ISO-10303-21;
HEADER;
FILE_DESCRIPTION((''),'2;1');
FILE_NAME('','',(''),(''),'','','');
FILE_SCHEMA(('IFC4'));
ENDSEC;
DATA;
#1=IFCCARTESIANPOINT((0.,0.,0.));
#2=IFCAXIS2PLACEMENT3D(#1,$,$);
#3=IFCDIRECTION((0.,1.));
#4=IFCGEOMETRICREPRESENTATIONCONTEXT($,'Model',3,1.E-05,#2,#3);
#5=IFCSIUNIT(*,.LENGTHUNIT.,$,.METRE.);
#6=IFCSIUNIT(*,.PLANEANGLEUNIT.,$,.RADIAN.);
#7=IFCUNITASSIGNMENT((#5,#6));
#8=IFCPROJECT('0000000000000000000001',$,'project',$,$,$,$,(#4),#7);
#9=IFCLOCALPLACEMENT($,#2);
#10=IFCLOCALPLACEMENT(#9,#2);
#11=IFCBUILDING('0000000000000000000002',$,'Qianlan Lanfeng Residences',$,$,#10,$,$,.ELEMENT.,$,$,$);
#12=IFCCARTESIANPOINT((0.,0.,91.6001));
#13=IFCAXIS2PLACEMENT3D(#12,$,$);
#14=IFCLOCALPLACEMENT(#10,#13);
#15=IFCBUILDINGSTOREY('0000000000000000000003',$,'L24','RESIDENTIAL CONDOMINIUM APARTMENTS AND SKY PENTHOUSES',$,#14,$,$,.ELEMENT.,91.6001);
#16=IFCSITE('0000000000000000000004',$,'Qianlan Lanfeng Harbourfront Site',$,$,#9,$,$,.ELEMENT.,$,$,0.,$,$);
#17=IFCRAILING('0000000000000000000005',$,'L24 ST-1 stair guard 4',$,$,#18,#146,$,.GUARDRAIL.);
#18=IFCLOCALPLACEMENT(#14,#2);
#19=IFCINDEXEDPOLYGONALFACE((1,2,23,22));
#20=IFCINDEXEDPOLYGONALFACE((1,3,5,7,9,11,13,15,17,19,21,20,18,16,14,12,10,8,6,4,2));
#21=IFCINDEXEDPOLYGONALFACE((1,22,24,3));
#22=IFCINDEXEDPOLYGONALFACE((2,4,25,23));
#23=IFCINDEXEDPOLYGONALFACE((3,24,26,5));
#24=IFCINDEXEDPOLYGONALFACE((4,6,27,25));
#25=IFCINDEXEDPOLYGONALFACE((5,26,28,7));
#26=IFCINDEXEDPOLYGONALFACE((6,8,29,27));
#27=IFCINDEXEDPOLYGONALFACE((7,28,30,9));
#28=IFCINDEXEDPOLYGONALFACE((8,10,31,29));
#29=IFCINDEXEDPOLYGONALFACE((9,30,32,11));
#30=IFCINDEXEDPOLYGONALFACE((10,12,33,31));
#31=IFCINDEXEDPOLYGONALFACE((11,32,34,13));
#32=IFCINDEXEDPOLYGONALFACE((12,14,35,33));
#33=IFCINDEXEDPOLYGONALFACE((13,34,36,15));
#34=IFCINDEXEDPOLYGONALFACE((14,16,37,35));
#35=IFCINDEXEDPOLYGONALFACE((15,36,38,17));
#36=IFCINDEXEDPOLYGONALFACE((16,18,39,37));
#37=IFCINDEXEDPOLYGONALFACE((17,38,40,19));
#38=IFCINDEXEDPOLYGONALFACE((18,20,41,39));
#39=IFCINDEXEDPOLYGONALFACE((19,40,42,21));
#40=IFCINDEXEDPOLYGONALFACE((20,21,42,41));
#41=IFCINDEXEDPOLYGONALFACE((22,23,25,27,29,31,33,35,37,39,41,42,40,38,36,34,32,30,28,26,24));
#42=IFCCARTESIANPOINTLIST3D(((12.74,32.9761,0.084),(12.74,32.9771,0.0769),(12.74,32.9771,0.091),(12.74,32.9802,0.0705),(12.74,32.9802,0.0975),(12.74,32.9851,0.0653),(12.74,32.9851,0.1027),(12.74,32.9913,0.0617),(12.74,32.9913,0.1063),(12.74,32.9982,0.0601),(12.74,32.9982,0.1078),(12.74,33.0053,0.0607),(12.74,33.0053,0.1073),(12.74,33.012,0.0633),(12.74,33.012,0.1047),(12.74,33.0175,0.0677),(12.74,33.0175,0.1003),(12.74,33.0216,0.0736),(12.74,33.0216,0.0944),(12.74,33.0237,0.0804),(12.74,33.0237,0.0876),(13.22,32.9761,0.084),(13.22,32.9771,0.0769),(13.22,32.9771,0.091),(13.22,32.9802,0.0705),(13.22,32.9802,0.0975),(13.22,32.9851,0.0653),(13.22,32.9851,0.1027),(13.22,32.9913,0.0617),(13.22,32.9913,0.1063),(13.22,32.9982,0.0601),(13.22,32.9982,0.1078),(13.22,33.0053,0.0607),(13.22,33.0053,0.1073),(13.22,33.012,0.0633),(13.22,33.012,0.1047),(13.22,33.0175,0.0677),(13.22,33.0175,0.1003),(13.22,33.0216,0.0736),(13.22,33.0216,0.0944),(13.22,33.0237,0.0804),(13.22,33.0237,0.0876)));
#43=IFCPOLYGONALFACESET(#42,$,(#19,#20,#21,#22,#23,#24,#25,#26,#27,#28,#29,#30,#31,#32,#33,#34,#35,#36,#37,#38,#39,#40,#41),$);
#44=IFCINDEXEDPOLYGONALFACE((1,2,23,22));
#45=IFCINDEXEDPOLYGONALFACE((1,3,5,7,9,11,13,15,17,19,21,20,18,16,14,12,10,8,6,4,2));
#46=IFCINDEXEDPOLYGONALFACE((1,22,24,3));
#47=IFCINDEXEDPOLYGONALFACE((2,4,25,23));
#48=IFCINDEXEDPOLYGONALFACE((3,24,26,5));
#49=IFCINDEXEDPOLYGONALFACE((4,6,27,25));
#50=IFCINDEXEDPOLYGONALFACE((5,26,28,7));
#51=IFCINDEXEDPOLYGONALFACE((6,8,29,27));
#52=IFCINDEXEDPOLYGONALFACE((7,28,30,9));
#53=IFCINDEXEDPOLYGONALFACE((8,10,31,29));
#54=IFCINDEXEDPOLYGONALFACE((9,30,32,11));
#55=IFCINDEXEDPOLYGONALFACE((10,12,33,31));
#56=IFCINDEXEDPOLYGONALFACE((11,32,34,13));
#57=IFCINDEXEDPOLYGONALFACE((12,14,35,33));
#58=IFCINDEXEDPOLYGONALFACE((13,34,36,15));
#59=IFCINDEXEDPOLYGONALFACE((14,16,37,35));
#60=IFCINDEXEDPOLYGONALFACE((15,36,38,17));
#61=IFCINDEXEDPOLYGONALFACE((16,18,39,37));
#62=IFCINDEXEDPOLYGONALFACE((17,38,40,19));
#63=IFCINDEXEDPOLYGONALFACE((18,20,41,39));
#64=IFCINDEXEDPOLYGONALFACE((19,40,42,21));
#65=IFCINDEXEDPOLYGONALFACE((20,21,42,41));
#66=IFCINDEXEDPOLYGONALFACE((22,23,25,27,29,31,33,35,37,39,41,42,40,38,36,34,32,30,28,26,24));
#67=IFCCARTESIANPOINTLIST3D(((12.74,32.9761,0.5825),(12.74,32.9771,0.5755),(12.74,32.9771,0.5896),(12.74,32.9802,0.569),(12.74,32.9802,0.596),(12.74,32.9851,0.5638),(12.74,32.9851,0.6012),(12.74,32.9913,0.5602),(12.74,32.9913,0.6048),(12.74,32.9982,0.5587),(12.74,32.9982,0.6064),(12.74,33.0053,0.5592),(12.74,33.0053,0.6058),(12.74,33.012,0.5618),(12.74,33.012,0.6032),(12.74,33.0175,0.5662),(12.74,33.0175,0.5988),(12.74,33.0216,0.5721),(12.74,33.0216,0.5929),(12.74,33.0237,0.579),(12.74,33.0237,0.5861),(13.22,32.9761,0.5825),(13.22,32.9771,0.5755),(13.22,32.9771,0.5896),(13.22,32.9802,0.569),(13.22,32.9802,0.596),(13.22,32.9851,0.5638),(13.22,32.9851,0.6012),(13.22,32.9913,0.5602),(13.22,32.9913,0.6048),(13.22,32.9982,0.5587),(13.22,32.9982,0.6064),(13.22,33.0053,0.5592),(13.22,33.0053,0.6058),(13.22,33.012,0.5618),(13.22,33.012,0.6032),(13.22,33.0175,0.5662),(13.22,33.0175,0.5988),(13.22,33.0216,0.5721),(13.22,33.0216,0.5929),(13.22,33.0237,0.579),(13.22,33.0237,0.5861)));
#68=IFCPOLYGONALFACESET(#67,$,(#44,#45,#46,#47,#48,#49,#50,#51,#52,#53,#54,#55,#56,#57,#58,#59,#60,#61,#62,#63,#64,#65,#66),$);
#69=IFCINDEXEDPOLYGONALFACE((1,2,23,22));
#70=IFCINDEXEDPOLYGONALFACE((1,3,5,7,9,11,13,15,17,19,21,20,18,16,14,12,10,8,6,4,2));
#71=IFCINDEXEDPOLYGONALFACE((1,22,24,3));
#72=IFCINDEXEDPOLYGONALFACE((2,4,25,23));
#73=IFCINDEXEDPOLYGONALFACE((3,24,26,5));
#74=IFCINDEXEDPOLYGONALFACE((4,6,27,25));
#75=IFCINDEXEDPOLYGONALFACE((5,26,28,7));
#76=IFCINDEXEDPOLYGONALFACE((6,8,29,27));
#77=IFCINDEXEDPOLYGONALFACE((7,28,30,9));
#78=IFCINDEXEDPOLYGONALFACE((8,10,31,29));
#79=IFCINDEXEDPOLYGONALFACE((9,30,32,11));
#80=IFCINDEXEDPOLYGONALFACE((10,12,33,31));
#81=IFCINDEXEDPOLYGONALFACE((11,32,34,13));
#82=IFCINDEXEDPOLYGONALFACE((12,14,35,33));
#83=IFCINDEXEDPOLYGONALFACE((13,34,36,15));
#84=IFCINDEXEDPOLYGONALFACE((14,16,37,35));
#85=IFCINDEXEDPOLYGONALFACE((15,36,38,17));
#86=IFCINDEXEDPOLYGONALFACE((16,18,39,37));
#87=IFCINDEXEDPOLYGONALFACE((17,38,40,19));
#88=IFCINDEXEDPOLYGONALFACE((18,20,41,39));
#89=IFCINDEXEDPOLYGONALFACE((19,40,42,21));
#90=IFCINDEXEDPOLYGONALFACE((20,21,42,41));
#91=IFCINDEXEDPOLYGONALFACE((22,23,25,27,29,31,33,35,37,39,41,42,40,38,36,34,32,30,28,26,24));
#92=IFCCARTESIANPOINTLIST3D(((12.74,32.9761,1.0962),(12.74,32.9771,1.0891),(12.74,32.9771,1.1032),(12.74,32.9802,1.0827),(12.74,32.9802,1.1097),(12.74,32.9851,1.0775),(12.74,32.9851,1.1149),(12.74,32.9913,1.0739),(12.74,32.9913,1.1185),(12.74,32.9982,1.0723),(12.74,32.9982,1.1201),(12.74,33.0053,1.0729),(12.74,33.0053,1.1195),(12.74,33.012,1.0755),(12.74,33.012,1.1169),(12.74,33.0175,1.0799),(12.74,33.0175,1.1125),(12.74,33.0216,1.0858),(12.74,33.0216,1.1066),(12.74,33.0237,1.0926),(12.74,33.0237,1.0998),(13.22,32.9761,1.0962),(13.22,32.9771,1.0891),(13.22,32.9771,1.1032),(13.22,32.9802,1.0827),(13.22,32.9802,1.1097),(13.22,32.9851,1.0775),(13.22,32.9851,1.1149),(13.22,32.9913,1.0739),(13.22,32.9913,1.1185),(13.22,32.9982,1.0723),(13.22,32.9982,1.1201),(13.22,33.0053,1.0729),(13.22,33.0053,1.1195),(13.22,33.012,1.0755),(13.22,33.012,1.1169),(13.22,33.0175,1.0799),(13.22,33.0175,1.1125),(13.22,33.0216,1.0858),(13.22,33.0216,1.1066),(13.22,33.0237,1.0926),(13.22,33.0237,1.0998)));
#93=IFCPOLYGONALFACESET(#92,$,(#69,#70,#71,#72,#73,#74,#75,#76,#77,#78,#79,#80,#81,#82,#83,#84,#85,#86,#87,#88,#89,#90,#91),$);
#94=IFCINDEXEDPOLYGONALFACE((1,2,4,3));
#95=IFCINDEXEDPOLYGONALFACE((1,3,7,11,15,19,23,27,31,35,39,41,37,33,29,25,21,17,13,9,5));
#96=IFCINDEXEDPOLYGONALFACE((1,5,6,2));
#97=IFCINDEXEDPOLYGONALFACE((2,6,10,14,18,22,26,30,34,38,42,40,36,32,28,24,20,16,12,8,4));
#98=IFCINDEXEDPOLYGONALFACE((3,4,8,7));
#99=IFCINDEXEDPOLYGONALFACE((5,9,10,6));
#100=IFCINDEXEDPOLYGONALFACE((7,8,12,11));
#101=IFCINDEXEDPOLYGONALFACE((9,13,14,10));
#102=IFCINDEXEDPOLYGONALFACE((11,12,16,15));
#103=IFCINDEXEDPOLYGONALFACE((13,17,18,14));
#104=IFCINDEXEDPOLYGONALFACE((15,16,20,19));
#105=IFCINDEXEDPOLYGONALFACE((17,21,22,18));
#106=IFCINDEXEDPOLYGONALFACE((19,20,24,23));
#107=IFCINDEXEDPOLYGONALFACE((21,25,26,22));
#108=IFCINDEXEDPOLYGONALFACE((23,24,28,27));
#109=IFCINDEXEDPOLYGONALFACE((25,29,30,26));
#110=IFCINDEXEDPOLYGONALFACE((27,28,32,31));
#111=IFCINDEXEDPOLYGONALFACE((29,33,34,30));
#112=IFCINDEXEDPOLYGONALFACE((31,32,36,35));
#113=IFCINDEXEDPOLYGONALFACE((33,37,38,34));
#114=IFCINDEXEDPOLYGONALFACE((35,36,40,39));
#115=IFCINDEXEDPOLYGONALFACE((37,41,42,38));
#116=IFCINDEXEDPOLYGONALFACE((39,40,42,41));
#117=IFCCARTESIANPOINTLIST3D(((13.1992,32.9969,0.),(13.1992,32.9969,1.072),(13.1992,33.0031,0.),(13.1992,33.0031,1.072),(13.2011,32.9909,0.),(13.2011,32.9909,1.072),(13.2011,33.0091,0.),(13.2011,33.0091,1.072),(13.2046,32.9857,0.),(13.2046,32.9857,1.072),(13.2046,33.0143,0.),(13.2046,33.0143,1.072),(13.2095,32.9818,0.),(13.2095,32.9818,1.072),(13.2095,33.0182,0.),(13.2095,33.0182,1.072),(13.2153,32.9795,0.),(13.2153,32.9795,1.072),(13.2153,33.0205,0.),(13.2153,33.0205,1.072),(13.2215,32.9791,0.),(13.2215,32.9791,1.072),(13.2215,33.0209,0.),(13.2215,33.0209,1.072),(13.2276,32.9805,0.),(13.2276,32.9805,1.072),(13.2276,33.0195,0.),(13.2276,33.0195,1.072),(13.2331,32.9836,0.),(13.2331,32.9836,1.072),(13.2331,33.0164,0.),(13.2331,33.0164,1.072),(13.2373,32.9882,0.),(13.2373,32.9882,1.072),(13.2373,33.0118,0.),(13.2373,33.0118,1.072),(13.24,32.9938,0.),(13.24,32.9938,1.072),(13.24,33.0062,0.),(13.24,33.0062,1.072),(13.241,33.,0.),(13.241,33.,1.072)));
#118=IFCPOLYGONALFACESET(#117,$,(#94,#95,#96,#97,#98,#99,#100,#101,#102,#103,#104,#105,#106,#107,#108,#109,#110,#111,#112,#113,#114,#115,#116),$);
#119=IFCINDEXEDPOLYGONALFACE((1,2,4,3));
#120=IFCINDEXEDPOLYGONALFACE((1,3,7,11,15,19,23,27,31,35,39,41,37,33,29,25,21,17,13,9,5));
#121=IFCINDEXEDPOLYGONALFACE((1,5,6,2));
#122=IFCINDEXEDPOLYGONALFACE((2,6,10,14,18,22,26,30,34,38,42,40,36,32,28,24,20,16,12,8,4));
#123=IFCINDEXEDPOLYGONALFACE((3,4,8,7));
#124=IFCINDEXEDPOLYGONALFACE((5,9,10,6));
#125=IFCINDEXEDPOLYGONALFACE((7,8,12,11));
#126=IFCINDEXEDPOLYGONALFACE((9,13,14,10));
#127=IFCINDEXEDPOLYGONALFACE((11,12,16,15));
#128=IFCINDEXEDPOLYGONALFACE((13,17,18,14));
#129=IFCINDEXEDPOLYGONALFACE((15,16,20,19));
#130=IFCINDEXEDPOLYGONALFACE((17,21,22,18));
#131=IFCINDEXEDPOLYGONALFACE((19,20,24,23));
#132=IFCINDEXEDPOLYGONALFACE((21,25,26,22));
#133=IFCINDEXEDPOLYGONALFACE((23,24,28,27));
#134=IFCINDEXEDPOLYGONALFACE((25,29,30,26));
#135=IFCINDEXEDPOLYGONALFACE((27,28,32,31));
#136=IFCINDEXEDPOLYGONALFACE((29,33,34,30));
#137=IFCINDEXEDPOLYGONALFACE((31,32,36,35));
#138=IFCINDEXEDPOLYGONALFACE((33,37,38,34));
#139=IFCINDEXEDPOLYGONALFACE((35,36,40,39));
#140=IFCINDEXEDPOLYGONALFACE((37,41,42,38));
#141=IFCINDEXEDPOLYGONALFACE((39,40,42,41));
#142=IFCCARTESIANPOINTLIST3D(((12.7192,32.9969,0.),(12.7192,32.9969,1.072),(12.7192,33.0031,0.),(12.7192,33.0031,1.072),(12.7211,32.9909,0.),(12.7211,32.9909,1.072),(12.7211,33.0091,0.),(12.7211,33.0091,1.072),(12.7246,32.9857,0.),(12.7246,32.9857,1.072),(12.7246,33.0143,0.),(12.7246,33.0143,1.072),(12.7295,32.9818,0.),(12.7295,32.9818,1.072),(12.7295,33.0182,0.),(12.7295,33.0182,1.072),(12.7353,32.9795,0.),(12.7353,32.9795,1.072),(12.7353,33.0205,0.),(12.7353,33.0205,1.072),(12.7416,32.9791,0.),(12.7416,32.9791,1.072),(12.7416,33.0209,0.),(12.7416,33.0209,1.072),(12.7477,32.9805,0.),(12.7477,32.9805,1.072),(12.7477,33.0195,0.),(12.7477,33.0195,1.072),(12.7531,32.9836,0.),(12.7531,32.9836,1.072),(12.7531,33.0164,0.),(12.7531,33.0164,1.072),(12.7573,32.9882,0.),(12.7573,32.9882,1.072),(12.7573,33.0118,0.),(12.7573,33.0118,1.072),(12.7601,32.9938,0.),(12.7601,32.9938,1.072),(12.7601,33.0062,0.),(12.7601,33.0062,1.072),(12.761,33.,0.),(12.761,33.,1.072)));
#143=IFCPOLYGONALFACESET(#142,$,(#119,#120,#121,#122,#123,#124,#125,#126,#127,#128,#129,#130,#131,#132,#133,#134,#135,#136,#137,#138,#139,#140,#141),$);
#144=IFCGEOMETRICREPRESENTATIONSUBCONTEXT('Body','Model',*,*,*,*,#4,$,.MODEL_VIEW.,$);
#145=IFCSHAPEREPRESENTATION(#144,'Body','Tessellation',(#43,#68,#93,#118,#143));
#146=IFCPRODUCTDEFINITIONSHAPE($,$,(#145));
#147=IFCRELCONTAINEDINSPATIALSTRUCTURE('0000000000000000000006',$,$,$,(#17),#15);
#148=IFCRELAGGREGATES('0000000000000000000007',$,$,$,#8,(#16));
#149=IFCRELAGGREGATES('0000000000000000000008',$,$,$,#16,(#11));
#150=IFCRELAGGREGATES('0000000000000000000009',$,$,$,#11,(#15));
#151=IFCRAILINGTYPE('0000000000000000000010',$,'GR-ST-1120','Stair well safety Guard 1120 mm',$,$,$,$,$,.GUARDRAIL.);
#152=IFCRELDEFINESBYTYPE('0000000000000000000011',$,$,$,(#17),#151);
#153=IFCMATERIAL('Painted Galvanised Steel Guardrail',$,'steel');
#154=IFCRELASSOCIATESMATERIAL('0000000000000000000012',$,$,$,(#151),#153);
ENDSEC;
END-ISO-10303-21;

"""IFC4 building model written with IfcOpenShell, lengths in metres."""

from ifc_helpers import new_model, si_unit, direction, frame, origin, origin_2d, place, context, subcontext, project, spatial, circle, extrude, material, type_object, element, save


model = new_model("IFC4")

# Units and contexts
model_context = context("Model", 3, precision=1e-05, world=origin(), true_north=direction((0.0, 1.0)))
body_context = subcontext(model_context, "Body", "Model", "MODEL_VIEW")
ifc_project = project(units=[si_unit("LENGTHUNIT", "METRE"), si_unit("PLANEANGLEUNIT", "RADIAN")], contexts=[model_context])

# Site, building, storey
site_placement = place(None, origin())
site = spatial("IfcSite", under=ifc_project, at=site_placement, Name="Qianlan Lanfeng Harbourfront Site", CompositionType="ELEMENT", RefElevation=0.0)
building_placement = place(site_placement, origin())
building = spatial("IfcBuilding", under=site, at=building_placement, Name="Qianlan Lanfeng Residences", CompositionType="ELEMENT")
storey_placement = place(building_placement, frame((0.0, 0.0, 91.6001)))
storey = spatial("IfcBuildingStorey", under=building, at=storey_placement, Name="L24", Description="RESIDENTIAL CONDOMINIUM APARTMENTS AND SKY PENTHOUSES", CompositionType="ELEMENT", Elevation=91.6001)

# Railing
ifc_material_1 = material(Name="Painted Galvanised Steel Guardrail", Category="steel")
railing_type_1 = type_object("IfcRailingType", Name="GR-ST-1120", Description="Stair well safety Guard 1120 mm", PredefinedType="GUARDRAIL", material=ifc_material_1)
railing_1_placement = place(storey_placement, frame((13.22, 33.0, 0.0)))
element("IfcRailing", 1, at=railing_1_placement, inside=storey, type_object=railing_type_1, Name="L24 ST-1 stair guard 4", PredefinedType="GUARDRAIL", context=body_context, shape_type="SweptSolid", body=[
    extrude(circle(Radius=0.0239, at=origin_2d()), frame((0.0, 0.0, 0.084), z_axis=(-1.0, 0.0, 0.0), x_axis=(0.0, -1.0, 0.0)), (0.0, 0.0, 1.0), 0.48),
    extrude(circle(Radius=0.0239, at=origin_2d()), frame((0.0, 0.0, 0.5825), z_axis=(-1.0, 0.0, 0.0), x_axis=(0.0, -1.0, 0.0)), (0.0, 0.0, 1.0), 0.48),
    extrude(circle(Radius=0.0239, at=origin_2d()), frame((0.0, 0.0, 1.0962), z_axis=(-1.0, 0.0, 0.0), x_axis=(0.0, -1.0, 0.0)), (0.0, 0.0, 1.0), 0.48),
    extrude(circle(Radius=0.021, at=origin_2d()), origin(), (0.0, 0.0, 1.0), 1.072),
    extrude(circle(Radius=0.021, at=origin_2d()), frame((-0.48, 0.0, 0.0)), (0.0, 0.0, 1.0), 1.072),
])

save(model, "model.ifc")
